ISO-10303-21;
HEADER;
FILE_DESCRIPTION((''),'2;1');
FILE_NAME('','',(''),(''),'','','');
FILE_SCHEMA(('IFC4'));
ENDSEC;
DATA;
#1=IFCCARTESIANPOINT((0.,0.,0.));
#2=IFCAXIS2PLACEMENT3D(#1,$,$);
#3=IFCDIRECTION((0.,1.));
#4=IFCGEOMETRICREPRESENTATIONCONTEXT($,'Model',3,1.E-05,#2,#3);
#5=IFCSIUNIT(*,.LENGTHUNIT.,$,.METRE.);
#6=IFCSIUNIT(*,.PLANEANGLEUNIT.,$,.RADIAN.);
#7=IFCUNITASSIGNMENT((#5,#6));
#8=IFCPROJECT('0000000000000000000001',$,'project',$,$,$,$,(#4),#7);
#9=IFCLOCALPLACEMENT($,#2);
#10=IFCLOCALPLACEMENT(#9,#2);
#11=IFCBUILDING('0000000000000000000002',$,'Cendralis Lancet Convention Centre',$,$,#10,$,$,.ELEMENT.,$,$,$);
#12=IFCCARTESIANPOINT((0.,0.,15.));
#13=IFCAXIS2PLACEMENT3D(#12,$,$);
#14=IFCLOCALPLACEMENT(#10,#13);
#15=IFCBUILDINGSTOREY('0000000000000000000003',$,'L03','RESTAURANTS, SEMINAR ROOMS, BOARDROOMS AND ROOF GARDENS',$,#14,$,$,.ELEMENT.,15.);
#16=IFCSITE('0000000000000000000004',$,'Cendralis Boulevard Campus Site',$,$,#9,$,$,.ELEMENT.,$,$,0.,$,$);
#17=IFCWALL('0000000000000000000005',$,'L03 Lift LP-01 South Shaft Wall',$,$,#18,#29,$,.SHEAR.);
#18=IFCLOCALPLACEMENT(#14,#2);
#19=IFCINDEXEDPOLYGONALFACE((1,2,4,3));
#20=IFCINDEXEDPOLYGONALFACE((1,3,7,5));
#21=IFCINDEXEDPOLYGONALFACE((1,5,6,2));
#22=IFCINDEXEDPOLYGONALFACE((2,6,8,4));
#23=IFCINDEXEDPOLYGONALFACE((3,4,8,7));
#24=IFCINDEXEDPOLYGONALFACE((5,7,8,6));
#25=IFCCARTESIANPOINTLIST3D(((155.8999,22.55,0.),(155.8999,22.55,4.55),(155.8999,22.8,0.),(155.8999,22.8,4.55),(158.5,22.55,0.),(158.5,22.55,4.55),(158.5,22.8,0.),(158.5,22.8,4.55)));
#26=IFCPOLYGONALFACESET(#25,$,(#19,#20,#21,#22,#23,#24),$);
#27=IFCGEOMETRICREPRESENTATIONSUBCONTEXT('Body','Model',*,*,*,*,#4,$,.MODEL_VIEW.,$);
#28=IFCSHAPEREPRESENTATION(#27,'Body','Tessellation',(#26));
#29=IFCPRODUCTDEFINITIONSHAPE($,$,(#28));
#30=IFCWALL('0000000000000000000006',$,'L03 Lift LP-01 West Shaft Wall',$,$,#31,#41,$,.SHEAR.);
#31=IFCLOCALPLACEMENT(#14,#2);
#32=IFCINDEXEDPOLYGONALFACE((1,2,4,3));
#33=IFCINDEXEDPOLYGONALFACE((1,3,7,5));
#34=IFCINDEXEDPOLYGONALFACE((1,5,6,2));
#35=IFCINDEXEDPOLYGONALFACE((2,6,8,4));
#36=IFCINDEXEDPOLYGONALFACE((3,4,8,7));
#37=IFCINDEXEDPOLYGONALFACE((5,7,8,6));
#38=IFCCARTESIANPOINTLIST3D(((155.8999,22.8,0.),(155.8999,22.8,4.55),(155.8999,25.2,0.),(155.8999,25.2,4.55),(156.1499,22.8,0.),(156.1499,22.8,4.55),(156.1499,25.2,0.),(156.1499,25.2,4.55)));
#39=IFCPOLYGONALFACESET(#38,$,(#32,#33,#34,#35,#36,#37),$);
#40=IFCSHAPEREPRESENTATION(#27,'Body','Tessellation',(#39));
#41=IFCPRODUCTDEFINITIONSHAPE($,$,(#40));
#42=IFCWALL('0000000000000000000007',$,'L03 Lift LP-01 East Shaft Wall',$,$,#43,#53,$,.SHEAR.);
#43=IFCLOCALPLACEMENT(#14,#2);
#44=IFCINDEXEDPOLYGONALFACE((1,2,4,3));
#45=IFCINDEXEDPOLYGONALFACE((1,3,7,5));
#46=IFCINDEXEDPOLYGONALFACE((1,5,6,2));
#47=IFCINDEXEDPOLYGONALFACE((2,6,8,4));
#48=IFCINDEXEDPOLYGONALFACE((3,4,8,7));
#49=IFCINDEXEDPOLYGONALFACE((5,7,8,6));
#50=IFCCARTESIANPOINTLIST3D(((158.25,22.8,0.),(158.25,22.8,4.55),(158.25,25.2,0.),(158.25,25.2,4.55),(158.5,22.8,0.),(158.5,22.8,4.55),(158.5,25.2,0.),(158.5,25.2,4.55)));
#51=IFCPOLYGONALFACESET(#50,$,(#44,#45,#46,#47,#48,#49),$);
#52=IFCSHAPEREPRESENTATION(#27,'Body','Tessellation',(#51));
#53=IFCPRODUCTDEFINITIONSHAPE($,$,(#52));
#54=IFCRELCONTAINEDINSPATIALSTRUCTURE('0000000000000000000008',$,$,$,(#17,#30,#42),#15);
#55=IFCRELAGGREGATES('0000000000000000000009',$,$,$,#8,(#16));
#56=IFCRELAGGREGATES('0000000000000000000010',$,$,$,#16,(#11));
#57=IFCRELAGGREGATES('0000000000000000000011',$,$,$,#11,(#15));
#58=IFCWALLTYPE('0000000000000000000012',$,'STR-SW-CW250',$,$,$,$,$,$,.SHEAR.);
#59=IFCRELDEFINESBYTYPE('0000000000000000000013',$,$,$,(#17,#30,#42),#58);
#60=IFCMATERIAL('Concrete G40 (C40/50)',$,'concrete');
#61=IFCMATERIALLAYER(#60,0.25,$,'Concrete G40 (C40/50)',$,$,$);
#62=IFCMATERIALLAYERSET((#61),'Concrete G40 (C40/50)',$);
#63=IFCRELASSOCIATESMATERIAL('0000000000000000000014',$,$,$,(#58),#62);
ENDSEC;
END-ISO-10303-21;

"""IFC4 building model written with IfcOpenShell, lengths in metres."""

from ifc_helpers import new_model, si_unit, direction, frame, frame_2d, origin, place, context, subcontext, project, spatial, rectangle, extrude, material, layer, layer_set, type_object, element, save


model = new_model("IFC4")

# Units and contexts
model_context = context("Model", 3, precision=1e-05, world=origin(), true_north=direction((0.0, 1.0)))
body_context = subcontext(model_context, "Body", "Model", "MODEL_VIEW")
ifc_project = project(units=[si_unit("LENGTHUNIT", "METRE"), si_unit("PLANEANGLEUNIT", "RADIAN")], contexts=[model_context])

# Site, building, storey
site_placement = place(None, origin())
site = spatial("IfcSite", under=ifc_project, at=site_placement, Name="Cendralis Boulevard Campus Site", CompositionType="ELEMENT", RefElevation=0.0)
building_placement = place(site_placement, origin())
building = spatial("IfcBuilding", under=site, at=building_placement, Name="Cendralis Lancet Convention Centre", CompositionType="ELEMENT")
storey_placement = place(building_placement, frame((0.0, 0.0, 15.0)))
storey = spatial("IfcBuildingStorey", under=building, at=storey_placement, Name="L03", Description="RESTAURANTS, SEMINAR ROOMS, BOARDROOMS AND ROOF GARDENS", CompositionType="ELEMENT", Elevation=15.0)

# Shared definitions
ifc_material_1 = material(Name="Concrete G40 (C40/50)", Category="concrete")

# Wall
ifc_layer_1 = layer(ifc_material_1, 0.25, Name="Concrete G40 (C40/50)")
ifc_layer_set_1 = layer_set([ifc_layer_1], Name="Concrete G40 (C40/50)")
wall_type_1 = type_object("IfcWallType", Name="STR-SW-CW250", PredefinedType="SHEAR", material=ifc_layer_set_1)
wall_1_placement = place(storey_placement, frame((155.8999, 22.675, 0.0), z_axis=(0.0, 0.0, 1.0), x_axis=(1.0, 0.0, 0.0)))
element("IfcWall", 1, at=wall_1_placement, inside=storey, type_object=wall_type_1, Name="L03 Lift LP-01 South Shaft Wall", PredefinedType="SHEAR", context=body_context, shape_type="SweptSolid", body=[
    extrude(rectangle(XDim=2.6001, YDim=0.25, at=frame_2d((1.3, 0.0))), origin(), (0.0, 0.0, 1.0), 4.55),
])

# Walls
for number, where, z_axis, x_axis, name in (
    (2, (156.0249, 22.8, 0.0), (0.0, 0.0, 1.0), (0.0, 1.0, 0.0), "L03 Lift LP-01 West Shaft Wall"),
    (3, (158.375, 22.8, 0.0), (0.0, 0.0, 1.0), (0.0, 1.0, 0.0), "L03 Lift LP-01 East Shaft Wall"),
):
    element("IfcWall", number, at=place(storey_placement, frame(where, z_axis=z_axis, x_axis=x_axis)), inside=storey, type_object=wall_type_1, Name=name, PredefinedType="SHEAR", context=body_context, shape_type="SweptSolid", body=[
        extrude(rectangle(XDim=2.3999, YDim=0.25, at=frame_2d((1.2, 0.0))), origin(), (0.0, 0.0, 1.0), 4.55),
    ])

save(model, "model.ifc")
